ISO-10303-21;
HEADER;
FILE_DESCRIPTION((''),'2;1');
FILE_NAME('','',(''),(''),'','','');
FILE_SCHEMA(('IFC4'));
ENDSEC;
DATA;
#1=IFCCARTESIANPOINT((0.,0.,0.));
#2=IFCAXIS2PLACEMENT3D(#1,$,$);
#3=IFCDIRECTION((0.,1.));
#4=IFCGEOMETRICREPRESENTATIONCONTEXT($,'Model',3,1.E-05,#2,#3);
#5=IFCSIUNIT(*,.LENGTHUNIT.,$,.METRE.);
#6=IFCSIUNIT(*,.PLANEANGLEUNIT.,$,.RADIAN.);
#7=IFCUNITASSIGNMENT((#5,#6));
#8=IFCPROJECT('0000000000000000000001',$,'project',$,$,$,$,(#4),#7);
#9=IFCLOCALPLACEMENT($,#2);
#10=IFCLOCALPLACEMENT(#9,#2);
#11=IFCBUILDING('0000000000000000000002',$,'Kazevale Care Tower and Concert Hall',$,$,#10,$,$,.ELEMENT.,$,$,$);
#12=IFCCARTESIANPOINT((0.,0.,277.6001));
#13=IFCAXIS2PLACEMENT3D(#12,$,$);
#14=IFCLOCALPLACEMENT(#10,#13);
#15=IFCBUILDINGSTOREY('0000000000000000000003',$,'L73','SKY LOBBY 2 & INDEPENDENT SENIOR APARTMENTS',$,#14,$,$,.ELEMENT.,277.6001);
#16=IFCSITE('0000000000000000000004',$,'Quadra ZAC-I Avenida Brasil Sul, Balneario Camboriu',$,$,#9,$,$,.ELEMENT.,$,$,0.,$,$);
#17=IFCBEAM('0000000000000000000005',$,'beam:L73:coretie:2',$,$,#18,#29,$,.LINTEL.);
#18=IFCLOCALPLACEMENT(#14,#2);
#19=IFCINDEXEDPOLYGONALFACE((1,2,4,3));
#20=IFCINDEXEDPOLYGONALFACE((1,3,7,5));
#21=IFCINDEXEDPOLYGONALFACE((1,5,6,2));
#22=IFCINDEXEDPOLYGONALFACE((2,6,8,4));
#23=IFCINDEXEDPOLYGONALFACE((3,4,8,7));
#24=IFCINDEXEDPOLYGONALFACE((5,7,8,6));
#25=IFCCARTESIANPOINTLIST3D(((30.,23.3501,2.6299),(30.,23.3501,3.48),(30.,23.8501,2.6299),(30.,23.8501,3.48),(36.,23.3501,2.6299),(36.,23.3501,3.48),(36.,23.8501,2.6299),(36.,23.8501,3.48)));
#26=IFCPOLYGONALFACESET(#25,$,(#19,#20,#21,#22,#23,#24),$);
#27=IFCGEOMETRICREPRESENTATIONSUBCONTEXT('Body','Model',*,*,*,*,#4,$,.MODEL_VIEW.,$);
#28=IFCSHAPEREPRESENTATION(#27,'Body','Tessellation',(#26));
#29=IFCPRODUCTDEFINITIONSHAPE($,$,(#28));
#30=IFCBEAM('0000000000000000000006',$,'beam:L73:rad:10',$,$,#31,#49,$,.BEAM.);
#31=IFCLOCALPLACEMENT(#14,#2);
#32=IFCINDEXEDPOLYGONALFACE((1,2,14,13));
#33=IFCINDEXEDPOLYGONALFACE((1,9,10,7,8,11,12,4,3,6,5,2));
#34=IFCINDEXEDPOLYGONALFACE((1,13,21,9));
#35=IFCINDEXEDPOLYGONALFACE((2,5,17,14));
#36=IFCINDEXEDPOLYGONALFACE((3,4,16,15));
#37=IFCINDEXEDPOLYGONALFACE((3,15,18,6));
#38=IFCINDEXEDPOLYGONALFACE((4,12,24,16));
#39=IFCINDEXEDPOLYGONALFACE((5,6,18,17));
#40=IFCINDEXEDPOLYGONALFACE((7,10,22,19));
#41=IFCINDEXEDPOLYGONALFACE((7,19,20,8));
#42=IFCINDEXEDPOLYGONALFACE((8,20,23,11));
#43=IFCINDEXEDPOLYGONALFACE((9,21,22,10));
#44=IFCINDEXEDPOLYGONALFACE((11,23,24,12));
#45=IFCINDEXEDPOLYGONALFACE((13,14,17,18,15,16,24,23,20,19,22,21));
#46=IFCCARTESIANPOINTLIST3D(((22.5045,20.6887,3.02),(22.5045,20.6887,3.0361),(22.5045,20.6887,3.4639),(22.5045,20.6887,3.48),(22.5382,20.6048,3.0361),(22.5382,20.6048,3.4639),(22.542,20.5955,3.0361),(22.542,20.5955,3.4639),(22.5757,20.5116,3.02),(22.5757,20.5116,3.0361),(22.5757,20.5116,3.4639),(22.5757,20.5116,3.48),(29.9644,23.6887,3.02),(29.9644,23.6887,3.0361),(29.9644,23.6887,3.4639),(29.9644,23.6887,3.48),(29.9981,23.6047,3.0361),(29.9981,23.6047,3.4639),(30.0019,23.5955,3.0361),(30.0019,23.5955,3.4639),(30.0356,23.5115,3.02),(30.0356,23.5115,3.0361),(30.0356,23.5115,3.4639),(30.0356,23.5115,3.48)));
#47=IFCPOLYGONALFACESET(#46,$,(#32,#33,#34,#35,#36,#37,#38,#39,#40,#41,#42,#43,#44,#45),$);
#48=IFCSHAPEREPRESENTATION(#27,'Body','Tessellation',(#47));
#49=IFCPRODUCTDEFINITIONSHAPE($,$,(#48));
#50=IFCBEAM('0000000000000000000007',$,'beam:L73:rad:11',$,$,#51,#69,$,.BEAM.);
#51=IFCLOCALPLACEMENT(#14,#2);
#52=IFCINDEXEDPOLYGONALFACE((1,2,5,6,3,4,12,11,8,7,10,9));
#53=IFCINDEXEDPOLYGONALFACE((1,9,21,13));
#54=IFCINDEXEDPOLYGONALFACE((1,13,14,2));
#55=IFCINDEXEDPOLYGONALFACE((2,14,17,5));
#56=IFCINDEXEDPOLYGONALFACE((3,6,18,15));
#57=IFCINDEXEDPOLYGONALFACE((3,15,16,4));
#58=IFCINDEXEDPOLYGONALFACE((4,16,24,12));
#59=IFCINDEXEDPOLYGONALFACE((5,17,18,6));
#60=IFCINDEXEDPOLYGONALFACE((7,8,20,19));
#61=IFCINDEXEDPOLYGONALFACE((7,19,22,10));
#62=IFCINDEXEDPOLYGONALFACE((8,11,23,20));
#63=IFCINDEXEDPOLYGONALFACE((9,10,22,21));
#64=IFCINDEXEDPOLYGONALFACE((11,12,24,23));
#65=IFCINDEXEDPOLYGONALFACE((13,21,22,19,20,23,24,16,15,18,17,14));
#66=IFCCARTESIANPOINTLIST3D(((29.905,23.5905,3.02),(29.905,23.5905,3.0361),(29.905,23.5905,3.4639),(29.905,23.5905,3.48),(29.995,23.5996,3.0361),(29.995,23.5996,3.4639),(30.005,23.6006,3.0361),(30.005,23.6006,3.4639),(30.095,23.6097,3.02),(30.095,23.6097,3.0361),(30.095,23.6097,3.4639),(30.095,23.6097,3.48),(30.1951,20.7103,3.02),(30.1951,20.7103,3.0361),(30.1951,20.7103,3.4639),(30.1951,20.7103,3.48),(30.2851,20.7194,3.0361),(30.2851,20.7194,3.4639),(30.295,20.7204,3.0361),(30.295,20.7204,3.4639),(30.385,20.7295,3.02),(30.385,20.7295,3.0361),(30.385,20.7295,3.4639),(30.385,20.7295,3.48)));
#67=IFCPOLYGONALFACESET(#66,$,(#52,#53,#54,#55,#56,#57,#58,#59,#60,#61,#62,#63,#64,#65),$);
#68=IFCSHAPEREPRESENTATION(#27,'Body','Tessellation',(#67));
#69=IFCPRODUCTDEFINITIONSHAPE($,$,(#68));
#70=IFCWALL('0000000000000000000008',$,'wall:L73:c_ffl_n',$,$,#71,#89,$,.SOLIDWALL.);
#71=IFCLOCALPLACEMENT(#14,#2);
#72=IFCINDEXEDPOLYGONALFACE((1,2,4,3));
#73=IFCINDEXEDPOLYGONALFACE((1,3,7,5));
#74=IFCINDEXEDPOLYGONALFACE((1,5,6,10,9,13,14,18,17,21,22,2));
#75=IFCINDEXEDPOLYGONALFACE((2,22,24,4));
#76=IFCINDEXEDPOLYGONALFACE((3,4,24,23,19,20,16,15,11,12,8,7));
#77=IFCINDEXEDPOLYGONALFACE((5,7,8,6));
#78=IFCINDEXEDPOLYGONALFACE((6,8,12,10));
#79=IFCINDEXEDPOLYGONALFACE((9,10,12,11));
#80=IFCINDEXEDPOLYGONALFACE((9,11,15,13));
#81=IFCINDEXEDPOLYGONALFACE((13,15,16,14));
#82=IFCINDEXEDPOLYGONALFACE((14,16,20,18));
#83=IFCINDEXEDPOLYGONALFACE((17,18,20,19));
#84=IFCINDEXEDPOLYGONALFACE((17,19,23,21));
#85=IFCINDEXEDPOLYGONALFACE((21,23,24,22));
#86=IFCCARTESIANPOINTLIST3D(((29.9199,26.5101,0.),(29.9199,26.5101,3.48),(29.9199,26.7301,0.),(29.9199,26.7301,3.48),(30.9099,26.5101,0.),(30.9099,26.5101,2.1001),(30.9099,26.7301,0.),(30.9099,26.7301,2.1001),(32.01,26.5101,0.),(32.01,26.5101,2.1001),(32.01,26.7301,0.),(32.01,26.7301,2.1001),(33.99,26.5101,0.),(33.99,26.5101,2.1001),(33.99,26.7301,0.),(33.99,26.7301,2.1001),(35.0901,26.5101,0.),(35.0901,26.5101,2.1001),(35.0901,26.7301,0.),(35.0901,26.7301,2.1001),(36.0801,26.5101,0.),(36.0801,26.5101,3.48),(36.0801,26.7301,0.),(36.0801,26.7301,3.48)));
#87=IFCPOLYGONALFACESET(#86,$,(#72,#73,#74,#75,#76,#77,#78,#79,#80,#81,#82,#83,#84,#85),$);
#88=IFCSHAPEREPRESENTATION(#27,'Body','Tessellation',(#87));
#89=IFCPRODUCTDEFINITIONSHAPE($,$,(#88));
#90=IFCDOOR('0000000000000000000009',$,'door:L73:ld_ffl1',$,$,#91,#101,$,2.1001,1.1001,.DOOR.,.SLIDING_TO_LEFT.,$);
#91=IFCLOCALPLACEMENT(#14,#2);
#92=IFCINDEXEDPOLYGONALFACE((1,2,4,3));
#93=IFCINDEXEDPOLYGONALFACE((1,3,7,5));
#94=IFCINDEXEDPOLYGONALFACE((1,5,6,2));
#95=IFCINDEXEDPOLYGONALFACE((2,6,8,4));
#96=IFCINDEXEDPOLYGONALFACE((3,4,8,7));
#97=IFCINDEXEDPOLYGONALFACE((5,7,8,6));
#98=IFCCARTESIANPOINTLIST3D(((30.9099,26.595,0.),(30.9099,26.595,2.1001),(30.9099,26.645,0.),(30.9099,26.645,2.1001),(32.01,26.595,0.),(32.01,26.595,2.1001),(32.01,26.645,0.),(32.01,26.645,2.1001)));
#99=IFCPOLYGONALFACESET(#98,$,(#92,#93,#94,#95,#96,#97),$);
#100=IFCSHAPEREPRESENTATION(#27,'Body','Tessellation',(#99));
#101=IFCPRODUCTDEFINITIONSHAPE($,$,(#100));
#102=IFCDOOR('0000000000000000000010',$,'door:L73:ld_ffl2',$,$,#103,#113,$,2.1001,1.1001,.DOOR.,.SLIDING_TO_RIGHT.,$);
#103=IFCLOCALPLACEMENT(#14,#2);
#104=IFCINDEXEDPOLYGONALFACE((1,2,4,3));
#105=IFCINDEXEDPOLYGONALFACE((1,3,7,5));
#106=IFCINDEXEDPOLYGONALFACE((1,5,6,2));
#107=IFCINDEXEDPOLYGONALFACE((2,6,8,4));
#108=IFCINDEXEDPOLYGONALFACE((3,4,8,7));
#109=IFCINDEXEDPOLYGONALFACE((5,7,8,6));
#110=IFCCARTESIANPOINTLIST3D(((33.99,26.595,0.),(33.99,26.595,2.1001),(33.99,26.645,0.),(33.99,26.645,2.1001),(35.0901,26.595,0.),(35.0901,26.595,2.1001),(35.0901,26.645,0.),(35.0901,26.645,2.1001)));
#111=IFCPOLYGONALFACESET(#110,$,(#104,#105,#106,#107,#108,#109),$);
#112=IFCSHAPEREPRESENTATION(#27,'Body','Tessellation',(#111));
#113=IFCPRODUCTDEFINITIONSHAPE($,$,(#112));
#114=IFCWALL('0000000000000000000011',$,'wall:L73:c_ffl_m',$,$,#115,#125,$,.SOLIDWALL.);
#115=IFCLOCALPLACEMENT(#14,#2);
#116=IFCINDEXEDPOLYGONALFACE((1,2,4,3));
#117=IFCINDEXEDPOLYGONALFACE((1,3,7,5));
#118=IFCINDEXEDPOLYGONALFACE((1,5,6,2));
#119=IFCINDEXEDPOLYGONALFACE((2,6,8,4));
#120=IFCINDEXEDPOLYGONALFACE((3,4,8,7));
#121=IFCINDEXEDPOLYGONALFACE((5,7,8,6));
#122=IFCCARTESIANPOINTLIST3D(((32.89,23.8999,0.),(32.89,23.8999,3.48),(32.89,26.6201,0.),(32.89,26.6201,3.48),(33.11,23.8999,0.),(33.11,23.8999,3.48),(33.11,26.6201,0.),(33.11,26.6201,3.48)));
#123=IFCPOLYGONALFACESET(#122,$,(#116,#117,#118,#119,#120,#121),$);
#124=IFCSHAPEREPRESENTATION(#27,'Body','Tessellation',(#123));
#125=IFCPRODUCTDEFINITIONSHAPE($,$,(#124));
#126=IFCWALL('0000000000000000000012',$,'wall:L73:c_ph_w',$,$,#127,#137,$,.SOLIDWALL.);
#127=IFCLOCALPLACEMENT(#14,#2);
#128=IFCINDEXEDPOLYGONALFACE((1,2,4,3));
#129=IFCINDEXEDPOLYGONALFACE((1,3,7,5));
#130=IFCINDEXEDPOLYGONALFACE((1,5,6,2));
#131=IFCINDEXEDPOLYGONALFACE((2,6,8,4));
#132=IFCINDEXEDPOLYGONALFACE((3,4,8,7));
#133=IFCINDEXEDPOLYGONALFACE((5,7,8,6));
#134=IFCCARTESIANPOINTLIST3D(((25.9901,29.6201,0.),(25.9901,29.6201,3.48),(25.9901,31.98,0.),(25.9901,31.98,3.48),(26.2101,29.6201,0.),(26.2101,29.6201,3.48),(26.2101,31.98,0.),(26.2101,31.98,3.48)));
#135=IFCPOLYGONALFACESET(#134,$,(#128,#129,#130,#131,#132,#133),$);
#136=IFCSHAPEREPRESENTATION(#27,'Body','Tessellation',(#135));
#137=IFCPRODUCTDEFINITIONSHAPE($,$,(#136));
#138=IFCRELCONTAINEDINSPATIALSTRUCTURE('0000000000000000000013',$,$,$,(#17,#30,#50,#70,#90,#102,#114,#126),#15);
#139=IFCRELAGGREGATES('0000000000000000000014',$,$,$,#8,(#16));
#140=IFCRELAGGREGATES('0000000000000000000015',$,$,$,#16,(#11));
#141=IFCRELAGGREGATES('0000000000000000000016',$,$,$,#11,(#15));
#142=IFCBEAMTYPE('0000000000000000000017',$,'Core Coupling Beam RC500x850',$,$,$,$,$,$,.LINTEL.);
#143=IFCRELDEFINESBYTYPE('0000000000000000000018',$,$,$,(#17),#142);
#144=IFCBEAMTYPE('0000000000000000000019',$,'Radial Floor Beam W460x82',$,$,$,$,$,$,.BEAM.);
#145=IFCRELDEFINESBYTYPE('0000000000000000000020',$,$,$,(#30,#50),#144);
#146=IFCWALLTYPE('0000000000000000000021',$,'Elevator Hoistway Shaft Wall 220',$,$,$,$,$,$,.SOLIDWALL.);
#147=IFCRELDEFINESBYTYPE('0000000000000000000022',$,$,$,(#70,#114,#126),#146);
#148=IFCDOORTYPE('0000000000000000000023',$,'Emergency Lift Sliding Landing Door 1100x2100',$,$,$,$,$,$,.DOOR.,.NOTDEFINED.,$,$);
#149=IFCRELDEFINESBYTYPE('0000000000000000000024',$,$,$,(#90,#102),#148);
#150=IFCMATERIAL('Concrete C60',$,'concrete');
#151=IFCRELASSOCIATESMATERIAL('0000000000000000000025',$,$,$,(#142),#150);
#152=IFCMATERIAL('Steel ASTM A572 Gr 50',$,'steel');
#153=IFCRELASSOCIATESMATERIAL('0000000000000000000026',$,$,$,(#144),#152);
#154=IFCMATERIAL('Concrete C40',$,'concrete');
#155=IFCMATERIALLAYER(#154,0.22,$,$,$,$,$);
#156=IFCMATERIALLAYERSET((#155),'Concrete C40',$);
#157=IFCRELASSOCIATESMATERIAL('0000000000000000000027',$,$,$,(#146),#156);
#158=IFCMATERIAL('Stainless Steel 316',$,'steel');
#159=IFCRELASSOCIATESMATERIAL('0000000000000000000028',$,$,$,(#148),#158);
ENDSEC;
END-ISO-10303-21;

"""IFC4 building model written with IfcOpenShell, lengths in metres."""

from ifc_helpers import new_model, si_unit, direction, frame, frame_2d, origin, origin_2d, place, context, subcontext, project, spatial, rectangle, i_section, extrude, material, layer, layer_set, material_profile, profile_set, type_object, element, fill, save


model = new_model("IFC4")

# Units and contexts
model_context = context("Model", 3, precision=1e-05, world=origin(), true_north=direction((0.0, 1.0)))
body_context = subcontext(model_context, "Body", "Model", "MODEL_VIEW")
ifc_project = project(units=[si_unit("LENGTHUNIT", "METRE"), si_unit("PLANEANGLEUNIT", "RADIAN")], contexts=[model_context])

# Site, building, storey
site_placement = place(None, origin())
site = spatial("IfcSite", under=ifc_project, at=site_placement, Name="Quadra ZAC-I Avenida Brasil Sul, Balneario Camboriu", CompositionType="ELEMENT", RefElevation=0.0)
building_placement = place(site_placement, origin())
building = spatial("IfcBuilding", under=site, at=building_placement, Name="Kazevale Care Tower and Concert Hall", CompositionType="ELEMENT")
storey_placement = place(building_placement, frame((0.0, 0.0, 277.6001)))
storey = spatial("IfcBuildingStorey", under=building, at=storey_placement, Name="L73", Description="SKY LOBBY 2 & INDEPENDENT SENIOR APARTMENTS", CompositionType="ELEMENT", Elevation=277.6001)

# Beams
ifc_material_1 = material(Name="Concrete C60", Category="concrete")
ifc_material_profile_1 = material_profile(ifc_material_1, rectangle(XDim=0.5, YDim=0.8501, at=origin_2d()), Name="RC-B500x850")
ifc_profile_set_1 = profile_set([ifc_material_profile_1], Name="Concrete C60")
beam_type_1 = type_object("IfcBeamType", Name="Core Coupling Beam RC500x850", PredefinedType="LINTEL", material=ifc_profile_set_1)
beam_1_placement = place(storey_placement, frame((30.0, 23.6001, 3.0549), z_axis=(1.0, 0.0, 0.0), x_axis=(0.0, 1.0, 0.0)))
element("IfcBeam", 1, at=beam_1_placement, inside=storey, type_object=beam_type_1, Name="beam:L73:coretie:2", PredefinedType="LINTEL", context=body_context, shape_type="SweptSolid", body=[
    extrude(rectangle(XDim=0.5, YDim=0.8501, at=origin_2d()), origin(), (0.0, 0.0, 1.0), 6.0),
])
ifc_material_2 = material(Name="Steel ASTM A572 Gr 50", Category="steel")
ifc_material_profile_2 = material_profile(ifc_material_2, i_section(OverallWidth=0.1909, OverallDepth=0.46, WebThickness=0.01, FlangeThickness=0.0161, at=origin_2d()), Name="W460x82")
ifc_profile_set_2 = profile_set([ifc_material_profile_2], Name="Steel ASTM A572 Gr 50")
beam_type_2 = type_object("IfcBeamType", Name="Radial Floor Beam W460x82", PredefinedType="BEAM", material=ifc_profile_set_2)
beam_2_placement = place(storey_placement, frame((30.0, 23.6001, 3.25), z_axis=(-0.927788, -0.373107, 0.0), x_axis=(0.373107, -0.927788, 0.0)))
element("IfcBeam", 2, at=beam_2_placement, inside=storey, type_object=beam_type_2, Name="beam:L73:rad:10", PredefinedType="BEAM", context=body_context, shape_type="SweptSolid", body=[
    extrude(i_section(OverallWidth=0.1909, OverallDepth=0.46, WebThickness=0.01, FlangeThickness=0.0161, at=origin_2d()), origin(), (0.0, 0.0, 1.0), 8.0405),
])
beam_3_placement = place(storey_placement, frame((30.0, 23.6001, 3.25), z_axis=(0.100197, -0.994968, 0.0), x_axis=(0.994968, 0.100197, 0.0)))
element("IfcBeam", 3, at=beam_3_placement, inside=storey, type_object=beam_type_2, Name="beam:L73:rad:11", PredefinedType="BEAM", context=body_context, shape_type="SweptSolid", body=[
    extrude(i_section(OverallWidth=0.1909, OverallDepth=0.46, WebThickness=0.01, FlangeThickness=0.0161, at=origin_2d()), origin(), (0.0, 0.0, 1.0), 2.8948),
])

# Wall, openings, doors
ifc_material_3 = material(Name="Concrete C40", Category="concrete")
ifc_layer_1 = layer(ifc_material_3, 0.22)
ifc_layer_set_1 = layer_set([ifc_layer_1], Name="Concrete C40")
wall_type_1 = type_object("IfcWallType", Name="Elevator Hoistway Shaft Wall 220", PredefinedType="SOLIDWALL", material=ifc_layer_set_1)
wall_1_placement = place(storey_placement, frame((29.9199, 26.6201, 0.0), z_axis=(0.0, 0.0, 1.0), x_axis=(1.0, 0.0, 0.0)))
wall_1 = element("IfcWall", 4, at=wall_1_placement, inside=storey, type_object=wall_type_1, Name="wall:L73:c_ffl_n", PredefinedType="SOLIDWALL", context=body_context, shape_type="SweptSolid", body=[
    extrude(rectangle(XDim=6.1602, YDim=0.22, at=frame_2d((3.0801, 0.0))), origin(), (0.0, 0.0, 1.0), 3.48),
])
opening_1_placement = place(wall_1_placement, frame((0.99, 0.0, 0.0)))
opening_1 = element("IfcOpeningElement", 5, at=opening_1_placement, cuts=wall_1, PredefinedType="OPENING", context=body_context, shape_type="SweptSolid", body=[
    extrude(rectangle(XDim=1.1001, YDim=2.1001, at=frame_2d((0.55, 1.05))), frame((0.0, 0.1199, 0.0), z_axis=(0.0, -1.0, 0.0), x_axis=(1.0, 0.0, 0.0)), (0.0, 0.0, 1.0), 0.24),
])
opening_2_placement = place(wall_1_placement, frame((4.0701, 0.0, 0.0)))
opening_2 = element("IfcOpeningElement", 6, at=opening_2_placement, cuts=wall_1, PredefinedType="OPENING", context=body_context, shape_type="SweptSolid", body=[
    extrude(rectangle(XDim=1.1001, YDim=2.1001, at=frame_2d((0.55, 1.05))), frame((0.0, 0.1199, 0.0), z_axis=(0.0, -1.0, 0.0), x_axis=(1.0, 0.0, 0.0)), (0.0, 0.0, 1.0), 0.24),
])
ifc_material_4 = material(Name="Stainless Steel 316", Category="steel")
door_type_1 = type_object("IfcDoorType", Name="Emergency Lift Sliding Landing Door 1100x2100", OperationType="NOTDEFINED", PredefinedType="DOOR", material=ifc_material_4)
door_1_placement = place(opening_1_placement, origin())
door_1 = element("IfcDoor", 7, at=door_1_placement, inside=storey, type_object=door_type_1, Name="door:L73:ld_ffl1", OperationType="SLIDING_TO_LEFT", OverallHeight=2.1001, OverallWidth=1.1001, PredefinedType="DOOR", context=body_context, shape_type="SweptSolid", body=[
    extrude(rectangle(XDim=1.1001, YDim=2.1001, at=frame_2d((0.55, 1.05))), frame((0.0, 0.0249, 0.0), z_axis=(0.0, -1.0, 0.0), x_axis=(1.0, 0.0, 0.0)), (0.0, 0.0, 1.0), 0.05),
])
fill(opening_1, door_1)
door_2_placement = place(opening_2_placement, origin())
door_2 = element("IfcDoor", 8, at=door_2_placement, inside=storey, type_object=door_type_1, Name="door:L73:ld_ffl2", OperationType="SLIDING_TO_RIGHT", OverallHeight=2.1001, OverallWidth=1.1001, PredefinedType="DOOR", context=body_context, shape_type="SweptSolid", body=[
    extrude(rectangle(XDim=1.1001, YDim=2.1001, at=frame_2d((0.55, 1.05))), frame((0.0, 0.0249, 0.0), z_axis=(0.0, -1.0, 0.0), x_axis=(1.0, 0.0, 0.0)), (0.0, 0.0, 1.0), 0.05),
])
fill(opening_2, door_2)

# Walls
wall_2_placement = place(storey_placement, frame((33.0, 23.8999, 0.0), z_axis=(0.0, 0.0, 1.0), x_axis=(0.0, 1.0, 0.0)))
element("IfcWall", 9, at=wall_2_placement, inside=storey, type_object=wall_type_1, Name="wall:L73:c_ffl_m", PredefinedType="SOLIDWALL", context=body_context, shape_type="SweptSolid", body=[
    extrude(rectangle(XDim=2.7202, YDim=0.22, at=frame_2d((1.3601, 0.0))), origin(), (0.0, 0.0, 1.0), 3.48),
])
wall_3_placement = place(storey_placement, frame((26.1001, 29.6201, 0.0), z_axis=(0.0, 0.0, 1.0), x_axis=(0.0, 1.0, 0.0)))
element("IfcWall", 10, at=wall_3_placement, inside=storey, type_object=wall_type_1, Name="wall:L73:c_ph_w", PredefinedType="SOLIDWALL", context=body_context, shape_type="SweptSolid", body=[
    extrude(rectangle(XDim=2.3599, YDim=0.22, at=frame_2d((1.1799, 0.0))), origin(), (0.0, 0.0, 1.0), 3.48),
])

save(model, "model.ifc")
